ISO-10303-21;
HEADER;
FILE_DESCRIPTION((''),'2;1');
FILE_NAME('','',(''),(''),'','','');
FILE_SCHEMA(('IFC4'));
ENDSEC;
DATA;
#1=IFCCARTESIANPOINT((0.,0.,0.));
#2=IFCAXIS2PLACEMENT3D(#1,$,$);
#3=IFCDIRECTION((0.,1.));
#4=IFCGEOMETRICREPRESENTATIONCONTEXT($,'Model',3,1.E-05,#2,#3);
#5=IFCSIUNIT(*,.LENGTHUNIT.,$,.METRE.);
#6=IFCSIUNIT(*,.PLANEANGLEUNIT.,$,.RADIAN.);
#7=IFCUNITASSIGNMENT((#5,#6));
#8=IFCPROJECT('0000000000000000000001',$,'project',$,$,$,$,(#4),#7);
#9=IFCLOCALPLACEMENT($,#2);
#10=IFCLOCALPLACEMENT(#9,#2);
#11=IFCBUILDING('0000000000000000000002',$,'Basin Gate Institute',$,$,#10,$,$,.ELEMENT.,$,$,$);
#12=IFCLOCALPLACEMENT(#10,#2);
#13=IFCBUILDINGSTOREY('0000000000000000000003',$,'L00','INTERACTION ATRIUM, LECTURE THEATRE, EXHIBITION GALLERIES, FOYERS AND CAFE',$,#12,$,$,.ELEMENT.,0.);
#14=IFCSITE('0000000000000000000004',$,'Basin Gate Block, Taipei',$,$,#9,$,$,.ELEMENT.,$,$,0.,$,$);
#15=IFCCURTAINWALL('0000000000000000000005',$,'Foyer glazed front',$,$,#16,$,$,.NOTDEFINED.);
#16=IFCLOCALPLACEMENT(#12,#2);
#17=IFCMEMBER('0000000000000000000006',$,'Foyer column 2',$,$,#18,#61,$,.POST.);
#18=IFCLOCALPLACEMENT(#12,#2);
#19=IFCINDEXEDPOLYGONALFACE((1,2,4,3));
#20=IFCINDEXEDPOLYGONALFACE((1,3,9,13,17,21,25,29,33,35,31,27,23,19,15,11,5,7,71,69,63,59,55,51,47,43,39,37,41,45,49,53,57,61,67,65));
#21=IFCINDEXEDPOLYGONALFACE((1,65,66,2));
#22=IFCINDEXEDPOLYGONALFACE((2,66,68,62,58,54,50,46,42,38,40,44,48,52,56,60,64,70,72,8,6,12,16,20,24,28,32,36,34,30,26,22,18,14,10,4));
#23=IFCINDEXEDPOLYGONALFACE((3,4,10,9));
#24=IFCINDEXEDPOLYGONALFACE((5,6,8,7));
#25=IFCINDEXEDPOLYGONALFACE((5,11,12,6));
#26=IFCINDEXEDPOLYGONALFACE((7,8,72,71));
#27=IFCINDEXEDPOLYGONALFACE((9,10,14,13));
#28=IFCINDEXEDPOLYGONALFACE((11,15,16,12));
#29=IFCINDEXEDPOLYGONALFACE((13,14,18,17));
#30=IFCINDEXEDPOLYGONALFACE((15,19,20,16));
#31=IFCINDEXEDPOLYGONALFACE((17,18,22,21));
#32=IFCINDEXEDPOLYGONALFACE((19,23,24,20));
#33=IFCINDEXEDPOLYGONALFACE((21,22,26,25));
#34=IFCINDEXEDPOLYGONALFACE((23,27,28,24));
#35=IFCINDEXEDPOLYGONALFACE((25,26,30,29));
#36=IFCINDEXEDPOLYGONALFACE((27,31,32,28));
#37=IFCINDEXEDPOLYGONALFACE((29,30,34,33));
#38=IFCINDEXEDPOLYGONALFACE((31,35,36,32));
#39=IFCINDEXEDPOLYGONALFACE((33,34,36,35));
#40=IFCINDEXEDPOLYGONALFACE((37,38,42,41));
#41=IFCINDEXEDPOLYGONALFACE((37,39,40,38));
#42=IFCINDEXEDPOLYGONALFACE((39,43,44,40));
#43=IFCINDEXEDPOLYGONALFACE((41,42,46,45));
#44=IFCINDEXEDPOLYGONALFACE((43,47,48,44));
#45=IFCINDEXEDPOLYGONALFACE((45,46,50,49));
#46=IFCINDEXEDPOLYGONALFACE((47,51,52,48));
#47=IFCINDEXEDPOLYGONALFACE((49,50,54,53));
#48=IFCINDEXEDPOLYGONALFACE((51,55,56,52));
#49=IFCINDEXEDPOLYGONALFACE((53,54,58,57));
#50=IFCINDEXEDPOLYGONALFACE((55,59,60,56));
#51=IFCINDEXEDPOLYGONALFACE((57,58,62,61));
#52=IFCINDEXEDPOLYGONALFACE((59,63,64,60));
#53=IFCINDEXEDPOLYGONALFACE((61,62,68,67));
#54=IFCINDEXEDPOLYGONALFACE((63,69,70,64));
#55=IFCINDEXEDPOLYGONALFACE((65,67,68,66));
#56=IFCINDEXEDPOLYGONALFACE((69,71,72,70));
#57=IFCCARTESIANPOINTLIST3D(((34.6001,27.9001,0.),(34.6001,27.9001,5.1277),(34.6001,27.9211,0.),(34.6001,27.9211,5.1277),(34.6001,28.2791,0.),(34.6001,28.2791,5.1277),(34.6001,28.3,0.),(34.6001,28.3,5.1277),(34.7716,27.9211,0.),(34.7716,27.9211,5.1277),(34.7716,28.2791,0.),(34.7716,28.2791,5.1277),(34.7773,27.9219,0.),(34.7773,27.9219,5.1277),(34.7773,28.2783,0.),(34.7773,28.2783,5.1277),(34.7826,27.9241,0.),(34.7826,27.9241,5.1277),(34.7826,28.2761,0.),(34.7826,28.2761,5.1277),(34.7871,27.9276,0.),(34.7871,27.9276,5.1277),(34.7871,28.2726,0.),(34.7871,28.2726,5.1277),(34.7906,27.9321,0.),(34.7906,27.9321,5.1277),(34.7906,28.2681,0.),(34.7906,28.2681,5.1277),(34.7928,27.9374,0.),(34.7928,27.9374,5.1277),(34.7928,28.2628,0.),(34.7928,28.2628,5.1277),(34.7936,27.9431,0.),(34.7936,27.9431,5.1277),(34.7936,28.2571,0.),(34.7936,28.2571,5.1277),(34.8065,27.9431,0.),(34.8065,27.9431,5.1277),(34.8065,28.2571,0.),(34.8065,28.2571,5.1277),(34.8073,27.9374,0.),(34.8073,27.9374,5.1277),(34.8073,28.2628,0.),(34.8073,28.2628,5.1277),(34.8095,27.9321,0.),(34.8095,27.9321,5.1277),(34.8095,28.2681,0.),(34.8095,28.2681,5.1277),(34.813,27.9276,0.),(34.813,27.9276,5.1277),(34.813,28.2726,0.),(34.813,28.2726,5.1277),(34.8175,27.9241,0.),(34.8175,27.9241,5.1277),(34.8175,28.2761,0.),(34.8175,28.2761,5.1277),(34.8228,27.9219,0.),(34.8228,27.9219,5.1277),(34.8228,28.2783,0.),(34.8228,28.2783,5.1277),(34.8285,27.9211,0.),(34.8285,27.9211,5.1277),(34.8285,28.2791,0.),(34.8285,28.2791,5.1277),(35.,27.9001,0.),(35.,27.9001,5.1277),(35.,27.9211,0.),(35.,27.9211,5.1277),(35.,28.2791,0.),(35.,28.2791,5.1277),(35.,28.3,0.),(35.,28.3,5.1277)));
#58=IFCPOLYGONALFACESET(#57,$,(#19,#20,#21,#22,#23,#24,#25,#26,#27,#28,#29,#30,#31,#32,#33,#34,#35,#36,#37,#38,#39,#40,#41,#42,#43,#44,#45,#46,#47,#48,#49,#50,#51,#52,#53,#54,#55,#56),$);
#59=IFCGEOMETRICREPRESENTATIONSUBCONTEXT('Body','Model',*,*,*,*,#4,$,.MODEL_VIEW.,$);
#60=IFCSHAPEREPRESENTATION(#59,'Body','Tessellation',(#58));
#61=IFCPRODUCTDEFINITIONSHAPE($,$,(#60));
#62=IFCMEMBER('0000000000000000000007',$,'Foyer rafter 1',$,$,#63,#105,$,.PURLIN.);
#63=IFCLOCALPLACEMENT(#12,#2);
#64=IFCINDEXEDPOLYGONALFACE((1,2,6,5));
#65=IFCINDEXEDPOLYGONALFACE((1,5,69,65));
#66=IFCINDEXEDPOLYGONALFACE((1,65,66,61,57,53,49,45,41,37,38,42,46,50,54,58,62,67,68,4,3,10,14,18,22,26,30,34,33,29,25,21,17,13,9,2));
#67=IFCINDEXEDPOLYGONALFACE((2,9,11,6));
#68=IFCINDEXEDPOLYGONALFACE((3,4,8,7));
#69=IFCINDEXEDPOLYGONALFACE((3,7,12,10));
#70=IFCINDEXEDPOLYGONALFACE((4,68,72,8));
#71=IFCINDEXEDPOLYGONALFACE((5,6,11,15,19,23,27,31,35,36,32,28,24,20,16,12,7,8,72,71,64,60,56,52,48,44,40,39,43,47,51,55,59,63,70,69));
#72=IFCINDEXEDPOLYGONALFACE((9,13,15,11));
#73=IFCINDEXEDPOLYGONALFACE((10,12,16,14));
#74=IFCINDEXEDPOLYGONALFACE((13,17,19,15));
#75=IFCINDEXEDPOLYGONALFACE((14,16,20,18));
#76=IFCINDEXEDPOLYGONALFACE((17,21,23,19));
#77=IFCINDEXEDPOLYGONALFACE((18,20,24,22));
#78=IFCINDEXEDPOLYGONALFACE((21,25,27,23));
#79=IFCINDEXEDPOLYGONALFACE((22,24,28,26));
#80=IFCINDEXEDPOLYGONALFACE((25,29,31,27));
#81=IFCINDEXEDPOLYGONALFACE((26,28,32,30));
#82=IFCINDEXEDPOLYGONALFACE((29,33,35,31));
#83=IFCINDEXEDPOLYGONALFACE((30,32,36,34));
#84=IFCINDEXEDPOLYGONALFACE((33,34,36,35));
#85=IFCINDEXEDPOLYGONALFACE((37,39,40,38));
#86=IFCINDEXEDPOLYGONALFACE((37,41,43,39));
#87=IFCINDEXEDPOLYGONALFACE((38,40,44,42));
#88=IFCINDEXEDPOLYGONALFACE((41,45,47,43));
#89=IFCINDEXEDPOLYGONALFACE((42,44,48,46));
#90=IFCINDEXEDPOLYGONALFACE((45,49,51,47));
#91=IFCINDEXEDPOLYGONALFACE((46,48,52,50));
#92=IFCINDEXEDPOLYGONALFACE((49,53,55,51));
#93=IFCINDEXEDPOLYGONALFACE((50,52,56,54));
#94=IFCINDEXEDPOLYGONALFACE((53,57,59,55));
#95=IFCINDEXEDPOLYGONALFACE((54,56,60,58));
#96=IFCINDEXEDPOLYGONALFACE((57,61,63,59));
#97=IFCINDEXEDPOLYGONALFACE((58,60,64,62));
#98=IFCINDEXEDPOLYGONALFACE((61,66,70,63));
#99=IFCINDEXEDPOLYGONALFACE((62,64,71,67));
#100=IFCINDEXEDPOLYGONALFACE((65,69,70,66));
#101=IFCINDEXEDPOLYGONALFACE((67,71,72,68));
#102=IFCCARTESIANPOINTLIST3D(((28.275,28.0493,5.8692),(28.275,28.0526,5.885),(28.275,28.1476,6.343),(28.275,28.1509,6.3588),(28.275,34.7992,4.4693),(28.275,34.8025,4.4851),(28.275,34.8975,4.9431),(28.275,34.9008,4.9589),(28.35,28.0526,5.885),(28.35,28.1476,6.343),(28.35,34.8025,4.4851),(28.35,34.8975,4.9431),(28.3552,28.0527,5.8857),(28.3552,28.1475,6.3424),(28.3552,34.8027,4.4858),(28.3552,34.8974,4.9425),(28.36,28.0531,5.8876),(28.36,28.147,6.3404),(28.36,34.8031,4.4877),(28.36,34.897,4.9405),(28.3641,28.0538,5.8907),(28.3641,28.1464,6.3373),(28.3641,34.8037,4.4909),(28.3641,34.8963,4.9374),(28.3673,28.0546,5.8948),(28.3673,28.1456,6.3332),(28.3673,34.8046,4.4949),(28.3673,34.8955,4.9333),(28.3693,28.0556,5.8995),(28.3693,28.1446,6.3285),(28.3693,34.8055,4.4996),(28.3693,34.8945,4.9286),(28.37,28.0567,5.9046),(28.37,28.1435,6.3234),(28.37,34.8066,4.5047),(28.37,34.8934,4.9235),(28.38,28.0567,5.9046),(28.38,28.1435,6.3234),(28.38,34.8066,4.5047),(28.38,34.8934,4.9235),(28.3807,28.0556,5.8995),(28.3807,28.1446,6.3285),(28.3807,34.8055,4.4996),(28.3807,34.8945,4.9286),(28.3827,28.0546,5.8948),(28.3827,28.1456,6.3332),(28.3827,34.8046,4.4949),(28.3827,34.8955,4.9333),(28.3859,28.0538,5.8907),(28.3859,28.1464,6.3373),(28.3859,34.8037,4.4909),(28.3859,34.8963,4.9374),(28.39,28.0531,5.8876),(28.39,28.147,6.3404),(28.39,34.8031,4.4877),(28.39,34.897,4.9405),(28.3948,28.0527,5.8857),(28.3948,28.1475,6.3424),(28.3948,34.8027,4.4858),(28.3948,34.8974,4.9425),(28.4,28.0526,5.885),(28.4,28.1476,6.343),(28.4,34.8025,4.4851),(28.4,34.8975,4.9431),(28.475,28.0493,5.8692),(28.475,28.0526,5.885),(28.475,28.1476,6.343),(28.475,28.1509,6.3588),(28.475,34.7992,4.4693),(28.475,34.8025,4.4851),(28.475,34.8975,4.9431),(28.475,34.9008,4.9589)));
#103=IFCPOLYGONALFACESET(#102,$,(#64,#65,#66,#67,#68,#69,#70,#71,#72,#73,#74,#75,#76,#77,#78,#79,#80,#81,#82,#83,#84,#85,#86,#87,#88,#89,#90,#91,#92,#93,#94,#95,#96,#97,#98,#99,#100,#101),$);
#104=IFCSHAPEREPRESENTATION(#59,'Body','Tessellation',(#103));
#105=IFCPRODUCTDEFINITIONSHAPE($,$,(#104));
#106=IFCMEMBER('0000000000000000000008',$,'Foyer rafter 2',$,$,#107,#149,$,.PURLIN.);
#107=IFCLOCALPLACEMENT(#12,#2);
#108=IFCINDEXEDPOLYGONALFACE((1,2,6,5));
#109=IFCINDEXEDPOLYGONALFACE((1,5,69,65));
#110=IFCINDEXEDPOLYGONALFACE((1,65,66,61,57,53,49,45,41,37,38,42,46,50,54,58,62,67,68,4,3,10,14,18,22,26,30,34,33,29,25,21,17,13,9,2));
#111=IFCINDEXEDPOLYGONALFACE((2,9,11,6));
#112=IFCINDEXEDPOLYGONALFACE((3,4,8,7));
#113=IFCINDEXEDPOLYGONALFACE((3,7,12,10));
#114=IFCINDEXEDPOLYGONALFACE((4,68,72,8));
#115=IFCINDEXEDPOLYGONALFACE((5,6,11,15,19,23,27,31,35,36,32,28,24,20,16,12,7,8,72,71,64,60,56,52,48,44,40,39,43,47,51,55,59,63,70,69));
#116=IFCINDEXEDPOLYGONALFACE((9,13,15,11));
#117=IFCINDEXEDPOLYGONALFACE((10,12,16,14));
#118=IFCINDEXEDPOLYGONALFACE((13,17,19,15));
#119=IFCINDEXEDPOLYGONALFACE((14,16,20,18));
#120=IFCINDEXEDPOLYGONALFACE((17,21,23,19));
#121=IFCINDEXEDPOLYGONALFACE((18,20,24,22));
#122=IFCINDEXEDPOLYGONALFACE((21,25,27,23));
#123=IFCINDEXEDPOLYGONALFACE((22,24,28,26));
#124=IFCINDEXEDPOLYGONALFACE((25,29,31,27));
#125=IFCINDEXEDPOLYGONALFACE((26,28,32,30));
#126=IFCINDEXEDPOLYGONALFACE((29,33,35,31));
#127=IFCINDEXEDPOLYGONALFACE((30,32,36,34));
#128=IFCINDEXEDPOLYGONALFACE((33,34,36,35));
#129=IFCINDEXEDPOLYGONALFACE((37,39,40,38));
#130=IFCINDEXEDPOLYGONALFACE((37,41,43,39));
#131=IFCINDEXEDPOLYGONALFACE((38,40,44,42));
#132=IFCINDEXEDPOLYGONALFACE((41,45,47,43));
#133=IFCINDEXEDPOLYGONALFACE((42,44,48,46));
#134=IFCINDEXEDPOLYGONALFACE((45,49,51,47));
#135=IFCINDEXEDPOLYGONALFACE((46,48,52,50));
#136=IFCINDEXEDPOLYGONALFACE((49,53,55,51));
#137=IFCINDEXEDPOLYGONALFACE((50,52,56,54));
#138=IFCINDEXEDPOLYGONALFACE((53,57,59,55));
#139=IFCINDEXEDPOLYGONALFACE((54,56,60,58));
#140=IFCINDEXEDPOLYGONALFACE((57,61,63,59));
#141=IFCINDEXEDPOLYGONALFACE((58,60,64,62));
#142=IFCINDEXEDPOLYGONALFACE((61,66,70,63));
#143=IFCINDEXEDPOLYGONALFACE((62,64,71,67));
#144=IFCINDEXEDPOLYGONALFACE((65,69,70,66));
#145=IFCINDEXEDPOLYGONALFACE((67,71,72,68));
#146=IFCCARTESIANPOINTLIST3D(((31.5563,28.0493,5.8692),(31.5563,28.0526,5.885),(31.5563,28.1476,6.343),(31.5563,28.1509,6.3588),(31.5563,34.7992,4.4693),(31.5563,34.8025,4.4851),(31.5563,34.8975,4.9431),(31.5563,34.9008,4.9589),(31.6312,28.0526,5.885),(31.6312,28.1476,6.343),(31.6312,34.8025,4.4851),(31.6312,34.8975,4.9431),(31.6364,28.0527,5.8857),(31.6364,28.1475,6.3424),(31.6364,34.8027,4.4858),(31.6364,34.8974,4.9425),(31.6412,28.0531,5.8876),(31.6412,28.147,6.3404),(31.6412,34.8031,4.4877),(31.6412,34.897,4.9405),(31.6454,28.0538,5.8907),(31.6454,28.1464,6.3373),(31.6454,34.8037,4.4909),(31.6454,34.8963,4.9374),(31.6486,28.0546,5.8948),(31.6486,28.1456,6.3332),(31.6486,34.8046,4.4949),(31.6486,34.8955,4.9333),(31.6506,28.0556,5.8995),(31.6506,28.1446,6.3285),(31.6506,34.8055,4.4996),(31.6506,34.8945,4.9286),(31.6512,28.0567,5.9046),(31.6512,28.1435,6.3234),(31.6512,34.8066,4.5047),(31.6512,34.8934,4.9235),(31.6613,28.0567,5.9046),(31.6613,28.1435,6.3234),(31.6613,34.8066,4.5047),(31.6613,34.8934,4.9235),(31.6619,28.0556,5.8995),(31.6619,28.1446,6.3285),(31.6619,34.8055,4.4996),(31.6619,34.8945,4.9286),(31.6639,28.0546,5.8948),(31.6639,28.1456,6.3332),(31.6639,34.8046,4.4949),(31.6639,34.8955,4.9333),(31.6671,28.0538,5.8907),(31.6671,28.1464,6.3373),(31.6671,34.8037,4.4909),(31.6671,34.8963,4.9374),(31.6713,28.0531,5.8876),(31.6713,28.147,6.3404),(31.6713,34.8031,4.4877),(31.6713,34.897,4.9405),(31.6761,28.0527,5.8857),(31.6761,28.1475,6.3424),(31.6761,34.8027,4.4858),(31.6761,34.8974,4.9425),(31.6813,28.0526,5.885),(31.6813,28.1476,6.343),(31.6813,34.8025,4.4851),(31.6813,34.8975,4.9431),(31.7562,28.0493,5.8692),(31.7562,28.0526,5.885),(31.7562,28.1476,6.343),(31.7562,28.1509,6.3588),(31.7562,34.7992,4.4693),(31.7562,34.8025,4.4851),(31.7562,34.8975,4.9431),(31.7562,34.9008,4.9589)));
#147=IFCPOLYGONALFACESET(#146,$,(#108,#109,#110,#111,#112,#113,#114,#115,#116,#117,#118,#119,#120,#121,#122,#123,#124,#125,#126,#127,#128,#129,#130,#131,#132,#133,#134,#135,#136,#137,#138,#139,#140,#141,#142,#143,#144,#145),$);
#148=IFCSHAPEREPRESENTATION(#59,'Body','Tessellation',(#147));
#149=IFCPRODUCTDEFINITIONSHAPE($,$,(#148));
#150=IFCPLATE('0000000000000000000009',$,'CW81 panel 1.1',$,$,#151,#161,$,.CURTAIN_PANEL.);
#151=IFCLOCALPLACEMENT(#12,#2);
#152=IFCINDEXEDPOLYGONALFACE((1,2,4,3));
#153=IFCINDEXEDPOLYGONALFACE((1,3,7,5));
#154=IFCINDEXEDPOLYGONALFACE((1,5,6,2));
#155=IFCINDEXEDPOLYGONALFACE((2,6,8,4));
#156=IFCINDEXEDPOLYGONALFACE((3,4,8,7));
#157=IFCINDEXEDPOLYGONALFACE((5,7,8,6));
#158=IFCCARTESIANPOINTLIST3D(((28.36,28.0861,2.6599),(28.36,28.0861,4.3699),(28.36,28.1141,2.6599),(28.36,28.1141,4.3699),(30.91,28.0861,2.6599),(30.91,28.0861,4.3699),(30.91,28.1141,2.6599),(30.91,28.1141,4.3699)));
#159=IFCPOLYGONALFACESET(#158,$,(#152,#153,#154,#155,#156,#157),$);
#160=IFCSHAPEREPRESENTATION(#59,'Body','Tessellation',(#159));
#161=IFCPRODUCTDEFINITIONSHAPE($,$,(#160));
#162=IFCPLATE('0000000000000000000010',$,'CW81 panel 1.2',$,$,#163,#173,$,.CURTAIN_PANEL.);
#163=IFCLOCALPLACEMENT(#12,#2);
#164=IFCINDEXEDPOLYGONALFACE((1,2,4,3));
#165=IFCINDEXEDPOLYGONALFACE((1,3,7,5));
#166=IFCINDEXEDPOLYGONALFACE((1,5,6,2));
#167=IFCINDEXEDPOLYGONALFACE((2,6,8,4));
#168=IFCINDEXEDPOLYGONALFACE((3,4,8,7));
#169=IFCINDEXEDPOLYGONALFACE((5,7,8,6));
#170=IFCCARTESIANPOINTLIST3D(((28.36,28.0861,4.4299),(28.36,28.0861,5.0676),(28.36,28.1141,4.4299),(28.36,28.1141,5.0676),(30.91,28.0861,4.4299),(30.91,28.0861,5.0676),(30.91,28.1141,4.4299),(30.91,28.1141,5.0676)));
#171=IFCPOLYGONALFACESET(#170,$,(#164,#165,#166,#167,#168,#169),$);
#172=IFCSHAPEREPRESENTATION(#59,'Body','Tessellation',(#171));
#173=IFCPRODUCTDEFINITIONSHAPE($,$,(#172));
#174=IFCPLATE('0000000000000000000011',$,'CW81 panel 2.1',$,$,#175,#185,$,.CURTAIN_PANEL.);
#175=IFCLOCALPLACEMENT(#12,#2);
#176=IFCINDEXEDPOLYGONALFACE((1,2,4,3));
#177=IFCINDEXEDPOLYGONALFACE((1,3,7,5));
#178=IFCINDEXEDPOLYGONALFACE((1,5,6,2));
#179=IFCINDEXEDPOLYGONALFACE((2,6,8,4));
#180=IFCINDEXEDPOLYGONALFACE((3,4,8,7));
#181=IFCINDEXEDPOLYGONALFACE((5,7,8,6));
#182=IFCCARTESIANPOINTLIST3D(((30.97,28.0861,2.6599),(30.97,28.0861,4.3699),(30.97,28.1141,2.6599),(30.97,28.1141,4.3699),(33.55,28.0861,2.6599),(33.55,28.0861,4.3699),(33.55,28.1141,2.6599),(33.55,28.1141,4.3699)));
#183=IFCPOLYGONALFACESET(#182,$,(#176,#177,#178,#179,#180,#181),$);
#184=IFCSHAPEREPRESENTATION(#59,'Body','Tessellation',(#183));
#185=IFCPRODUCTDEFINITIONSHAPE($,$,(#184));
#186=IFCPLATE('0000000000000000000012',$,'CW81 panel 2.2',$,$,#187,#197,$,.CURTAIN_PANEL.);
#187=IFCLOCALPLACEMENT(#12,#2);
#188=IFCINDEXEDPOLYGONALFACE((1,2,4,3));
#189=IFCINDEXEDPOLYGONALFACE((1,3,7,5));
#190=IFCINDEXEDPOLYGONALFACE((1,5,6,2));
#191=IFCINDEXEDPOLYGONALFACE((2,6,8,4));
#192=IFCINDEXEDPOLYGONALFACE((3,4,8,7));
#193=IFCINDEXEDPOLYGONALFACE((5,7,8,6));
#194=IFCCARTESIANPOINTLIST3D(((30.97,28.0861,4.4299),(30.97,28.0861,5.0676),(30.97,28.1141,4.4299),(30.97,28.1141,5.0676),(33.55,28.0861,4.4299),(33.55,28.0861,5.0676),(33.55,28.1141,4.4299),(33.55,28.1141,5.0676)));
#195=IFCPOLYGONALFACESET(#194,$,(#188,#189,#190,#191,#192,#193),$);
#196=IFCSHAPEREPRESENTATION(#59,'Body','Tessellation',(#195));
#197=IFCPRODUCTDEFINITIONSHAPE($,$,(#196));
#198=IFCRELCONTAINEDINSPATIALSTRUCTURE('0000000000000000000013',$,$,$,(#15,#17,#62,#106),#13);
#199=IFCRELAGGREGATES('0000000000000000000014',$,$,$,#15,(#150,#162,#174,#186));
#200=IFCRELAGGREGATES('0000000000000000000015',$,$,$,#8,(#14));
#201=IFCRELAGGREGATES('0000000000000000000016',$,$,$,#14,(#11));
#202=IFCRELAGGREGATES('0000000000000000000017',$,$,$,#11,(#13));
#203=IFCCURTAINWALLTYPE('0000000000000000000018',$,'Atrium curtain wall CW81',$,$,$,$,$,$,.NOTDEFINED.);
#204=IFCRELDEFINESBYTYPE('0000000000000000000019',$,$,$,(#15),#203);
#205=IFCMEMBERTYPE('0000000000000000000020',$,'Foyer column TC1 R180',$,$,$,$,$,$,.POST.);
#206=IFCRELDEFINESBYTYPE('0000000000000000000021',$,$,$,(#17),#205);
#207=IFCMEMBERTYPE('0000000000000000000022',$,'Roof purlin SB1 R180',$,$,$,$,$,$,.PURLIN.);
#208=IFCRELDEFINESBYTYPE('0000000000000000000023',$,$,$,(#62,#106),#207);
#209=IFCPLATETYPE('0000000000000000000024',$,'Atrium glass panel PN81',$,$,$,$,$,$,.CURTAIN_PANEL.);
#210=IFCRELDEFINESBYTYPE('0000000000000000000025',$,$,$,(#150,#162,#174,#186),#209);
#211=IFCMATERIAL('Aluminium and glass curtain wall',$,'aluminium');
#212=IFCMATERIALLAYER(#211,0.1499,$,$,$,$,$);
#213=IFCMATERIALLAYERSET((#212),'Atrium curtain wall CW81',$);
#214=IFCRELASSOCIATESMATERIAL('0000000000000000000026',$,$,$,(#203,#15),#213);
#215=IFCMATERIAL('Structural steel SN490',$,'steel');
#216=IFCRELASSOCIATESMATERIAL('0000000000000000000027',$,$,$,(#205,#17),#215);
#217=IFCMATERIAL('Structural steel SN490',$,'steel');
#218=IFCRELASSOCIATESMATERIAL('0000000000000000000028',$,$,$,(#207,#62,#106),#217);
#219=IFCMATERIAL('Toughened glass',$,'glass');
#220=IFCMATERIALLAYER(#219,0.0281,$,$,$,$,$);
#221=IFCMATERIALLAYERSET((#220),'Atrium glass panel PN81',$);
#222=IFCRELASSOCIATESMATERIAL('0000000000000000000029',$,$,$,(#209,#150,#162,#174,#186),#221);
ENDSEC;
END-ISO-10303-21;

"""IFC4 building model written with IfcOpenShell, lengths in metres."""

from ifc_helpers import new_model, si_unit, direction, frame, origin, origin_2d, place, context, subcontext, project, spatial, rectangle, i_section, extrude, material, layer, layer_set, material_profile, profile_set, type_object, element, aggregate, save


model = new_model("IFC4")

# Units and contexts
model_context = context("Model", 3, precision=1e-05, world=origin(), true_north=direction((0.0, 1.0)))
body_context = subcontext(model_context, "Body", "Model", "MODEL_VIEW")
ifc_project = project(units=[si_unit("LENGTHUNIT", "METRE"), si_unit("PLANEANGLEUNIT", "RADIAN")], contexts=[model_context])

# Site, building, storey
site_placement = place(None, origin())
site = spatial("IfcSite", under=ifc_project, at=site_placement, Name="Basin Gate Block, Taipei", CompositionType="ELEMENT", RefElevation=0.0)
building_placement = place(site_placement, origin())
building = spatial("IfcBuilding", under=site, at=building_placement, Name="Basin Gate Institute", CompositionType="ELEMENT")
storey_placement = place(building_placement, origin())
storey = spatial("IfcBuildingStorey", under=building, at=storey_placement, Name="L00", Description="INTERACTION ATRIUM, LECTURE THEATRE, EXHIBITION GALLERIES, FOYERS AND CAFE", CompositionType="ELEMENT", Elevation=0.0)

# Curtain wall
ifc_material_1 = material(Name="Aluminium and glass curtain wall", Category="aluminium")
ifc_layer_1 = layer(ifc_material_1, 0.1499)
ifc_layer_set_1 = layer_set([ifc_layer_1], Name="Atrium curtain wall CW81")
curtain_wall_type = type_object("IfcCurtainWallType", Name="Atrium curtain wall CW81", PredefinedType="NOTDEFINED", material=ifc_layer_set_1)
curtain_wall_1_placement = place(storey_placement, origin())
curtain_wall_1 = element("IfcCurtainWall", 1, at=curtain_wall_1_placement, inside=storey, type_object=curtain_wall_type, material=ifc_layer_set_1, Name="Foyer glazed front", PredefinedType="NOTDEFINED")

# Members
ifc_material_2 = material(Name="Structural steel SN490", Category="steel")
ifc_material_profile_1 = material_profile(ifc_material_2, i_section(OverallWidth=0.3999, OverallDepth=0.3999, WebThickness=0.0129, FlangeThickness=0.021, FilletRadius=0.022, at=origin_2d()), Name="H400x400")
ifc_profile_set_1 = profile_set([ifc_material_profile_1], Name="Structural steel SN490")
member_type_1 = type_object("IfcMemberType", Name="Foyer column TC1 R180", PredefinedType="POST", material=ifc_profile_set_1)
member_1_placement = place(storey_placement, frame((34.8, 28.1001, 0.0), z_axis=(0.0, 0.0, 1.0), x_axis=(1.0, 0.0, 0.0)))
element("IfcMember", 2, at=member_1_placement, inside=storey, type_object=member_type_1, material=ifc_profile_set_1, Name="Foyer column 2", PredefinedType="POST", context=body_context, shape_type="SweptSolid", body=[
    extrude(i_section(OverallWidth=0.3999, OverallDepth=0.3999, WebThickness=0.0129, FlangeThickness=0.021, FilletRadius=0.022, at=origin_2d()), origin(), (0.0, 0.0, 1.0), 5.1277),
])
ifc_material_3 = material(Name="Structural steel SN490", Category="steel")
ifc_material_profile_2 = material_profile(ifc_material_3, i_section(OverallWidth=0.2, OverallDepth=0.5, WebThickness=0.01, FlangeThickness=0.0161, FilletRadius=0.02, at=origin_2d()), Name="H500x200")
ifc_profile_set_2 = profile_set([ifc_material_profile_2], Name="Structural steel SN490")
member_type_2 = type_object("IfcMemberType", Name="Roof purlin SB1 R180", PredefinedType="PURLIN", material=ifc_profile_set_2)
for number, where, z_axis, x_axis, name in (
    (3, (28.375, 28.1001, 6.114), (0.0, 0.979164, -0.203072), (-1.0, 0.0, 0.0), "Foyer rafter 1"),
    (4, (31.6562, 28.1001, 6.114), (0.0, 0.979164, -0.203072), (-1.0, 0.0, 0.0), "Foyer rafter 2"),
):
    element("IfcMember", number, at=place(storey_placement, frame(where, z_axis=z_axis, x_axis=x_axis)), inside=storey, type_object=member_type_2, material=ifc_profile_set_2, Name=name, PredefinedType="PURLIN", context=body_context, shape_type="SweptSolid", body=[
        extrude(i_section(OverallWidth=0.2, OverallDepth=0.5, WebThickness=0.01, FlangeThickness=0.0161, FilletRadius=0.02, at=origin_2d()), origin(), (0.0, 0.0, 1.0), 6.8936),
    ])

# Plates
ifc_material_4 = material(Name="Toughened glass", Category="glass")
ifc_layer_2 = layer(ifc_material_4, 0.0281)
ifc_layer_set_2 = layer_set([ifc_layer_2], Name="Atrium glass panel PN81")
plate_type = type_object("IfcPlateType", Name="Atrium glass panel PN81", PredefinedType="CURTAIN_PANEL", material=ifc_layer_set_2)
plate_1_placement = place(storey_placement, frame((29.635, 28.1001, 2.6599), z_axis=(0.0, 0.0, 1.0), x_axis=(1.0, 0.0, 0.0)))
plate_1 = element("IfcPlate", 5, at=plate_1_placement, type_object=plate_type, material=ifc_layer_set_2, Name="CW81 panel 1.1", PredefinedType="CURTAIN_PANEL", context=body_context, shape_type="SweptSolid", body=[
    extrude(rectangle(XDim=2.55, YDim=0.0281, at=origin_2d()), origin(), (0.0, 0.0, 1.0), 1.71),
])
plate_2_placement = place(storey_placement, frame((29.635, 28.1001, 4.4299), z_axis=(0.0, 0.0, 1.0), x_axis=(1.0, 0.0, 0.0)))
plate_2 = element("IfcPlate", 6, at=plate_2_placement, type_object=plate_type, material=ifc_layer_set_2, Name="CW81 panel 1.2", PredefinedType="CURTAIN_PANEL", context=body_context, shape_type="SweptSolid", body=[
    extrude(rectangle(XDim=2.55, YDim=0.0281, at=origin_2d()), origin(), (0.0, 0.0, 1.0), 0.6377),
])
plate_3_placement = place(storey_placement, frame((32.26, 28.1001, 2.6599), z_axis=(0.0, 0.0, 1.0), x_axis=(1.0, 0.0, 0.0)))
plate_3 = element("IfcPlate", 7, at=plate_3_placement, type_object=plate_type, material=ifc_layer_set_2, Name="CW81 panel 2.1", PredefinedType="CURTAIN_PANEL", context=body_context, shape_type="SweptSolid", body=[
    extrude(rectangle(XDim=2.5801, YDim=0.0281, at=origin_2d()), origin(), (0.0, 0.0, 1.0), 1.71),
])
plate_4_placement = place(storey_placement, frame((32.26, 28.1001, 4.4299), z_axis=(0.0, 0.0, 1.0), x_axis=(1.0, 0.0, 0.0)))
plate_4 = element("IfcPlate", 8, at=plate_4_placement, type_object=plate_type, material=ifc_layer_set_2, Name="CW81 panel 2.2", PredefinedType="CURTAIN_PANEL", context=body_context, shape_type="SweptSolid", body=[
    extrude(rectangle(XDim=2.5801, YDim=0.0281, at=origin_2d()), origin(), (0.0, 0.0, 1.0), 0.6377),
])
aggregate(curtain_wall_1, [plate_1, plate_2, plate_3, plate_4])

save(model, "model.ifc")
